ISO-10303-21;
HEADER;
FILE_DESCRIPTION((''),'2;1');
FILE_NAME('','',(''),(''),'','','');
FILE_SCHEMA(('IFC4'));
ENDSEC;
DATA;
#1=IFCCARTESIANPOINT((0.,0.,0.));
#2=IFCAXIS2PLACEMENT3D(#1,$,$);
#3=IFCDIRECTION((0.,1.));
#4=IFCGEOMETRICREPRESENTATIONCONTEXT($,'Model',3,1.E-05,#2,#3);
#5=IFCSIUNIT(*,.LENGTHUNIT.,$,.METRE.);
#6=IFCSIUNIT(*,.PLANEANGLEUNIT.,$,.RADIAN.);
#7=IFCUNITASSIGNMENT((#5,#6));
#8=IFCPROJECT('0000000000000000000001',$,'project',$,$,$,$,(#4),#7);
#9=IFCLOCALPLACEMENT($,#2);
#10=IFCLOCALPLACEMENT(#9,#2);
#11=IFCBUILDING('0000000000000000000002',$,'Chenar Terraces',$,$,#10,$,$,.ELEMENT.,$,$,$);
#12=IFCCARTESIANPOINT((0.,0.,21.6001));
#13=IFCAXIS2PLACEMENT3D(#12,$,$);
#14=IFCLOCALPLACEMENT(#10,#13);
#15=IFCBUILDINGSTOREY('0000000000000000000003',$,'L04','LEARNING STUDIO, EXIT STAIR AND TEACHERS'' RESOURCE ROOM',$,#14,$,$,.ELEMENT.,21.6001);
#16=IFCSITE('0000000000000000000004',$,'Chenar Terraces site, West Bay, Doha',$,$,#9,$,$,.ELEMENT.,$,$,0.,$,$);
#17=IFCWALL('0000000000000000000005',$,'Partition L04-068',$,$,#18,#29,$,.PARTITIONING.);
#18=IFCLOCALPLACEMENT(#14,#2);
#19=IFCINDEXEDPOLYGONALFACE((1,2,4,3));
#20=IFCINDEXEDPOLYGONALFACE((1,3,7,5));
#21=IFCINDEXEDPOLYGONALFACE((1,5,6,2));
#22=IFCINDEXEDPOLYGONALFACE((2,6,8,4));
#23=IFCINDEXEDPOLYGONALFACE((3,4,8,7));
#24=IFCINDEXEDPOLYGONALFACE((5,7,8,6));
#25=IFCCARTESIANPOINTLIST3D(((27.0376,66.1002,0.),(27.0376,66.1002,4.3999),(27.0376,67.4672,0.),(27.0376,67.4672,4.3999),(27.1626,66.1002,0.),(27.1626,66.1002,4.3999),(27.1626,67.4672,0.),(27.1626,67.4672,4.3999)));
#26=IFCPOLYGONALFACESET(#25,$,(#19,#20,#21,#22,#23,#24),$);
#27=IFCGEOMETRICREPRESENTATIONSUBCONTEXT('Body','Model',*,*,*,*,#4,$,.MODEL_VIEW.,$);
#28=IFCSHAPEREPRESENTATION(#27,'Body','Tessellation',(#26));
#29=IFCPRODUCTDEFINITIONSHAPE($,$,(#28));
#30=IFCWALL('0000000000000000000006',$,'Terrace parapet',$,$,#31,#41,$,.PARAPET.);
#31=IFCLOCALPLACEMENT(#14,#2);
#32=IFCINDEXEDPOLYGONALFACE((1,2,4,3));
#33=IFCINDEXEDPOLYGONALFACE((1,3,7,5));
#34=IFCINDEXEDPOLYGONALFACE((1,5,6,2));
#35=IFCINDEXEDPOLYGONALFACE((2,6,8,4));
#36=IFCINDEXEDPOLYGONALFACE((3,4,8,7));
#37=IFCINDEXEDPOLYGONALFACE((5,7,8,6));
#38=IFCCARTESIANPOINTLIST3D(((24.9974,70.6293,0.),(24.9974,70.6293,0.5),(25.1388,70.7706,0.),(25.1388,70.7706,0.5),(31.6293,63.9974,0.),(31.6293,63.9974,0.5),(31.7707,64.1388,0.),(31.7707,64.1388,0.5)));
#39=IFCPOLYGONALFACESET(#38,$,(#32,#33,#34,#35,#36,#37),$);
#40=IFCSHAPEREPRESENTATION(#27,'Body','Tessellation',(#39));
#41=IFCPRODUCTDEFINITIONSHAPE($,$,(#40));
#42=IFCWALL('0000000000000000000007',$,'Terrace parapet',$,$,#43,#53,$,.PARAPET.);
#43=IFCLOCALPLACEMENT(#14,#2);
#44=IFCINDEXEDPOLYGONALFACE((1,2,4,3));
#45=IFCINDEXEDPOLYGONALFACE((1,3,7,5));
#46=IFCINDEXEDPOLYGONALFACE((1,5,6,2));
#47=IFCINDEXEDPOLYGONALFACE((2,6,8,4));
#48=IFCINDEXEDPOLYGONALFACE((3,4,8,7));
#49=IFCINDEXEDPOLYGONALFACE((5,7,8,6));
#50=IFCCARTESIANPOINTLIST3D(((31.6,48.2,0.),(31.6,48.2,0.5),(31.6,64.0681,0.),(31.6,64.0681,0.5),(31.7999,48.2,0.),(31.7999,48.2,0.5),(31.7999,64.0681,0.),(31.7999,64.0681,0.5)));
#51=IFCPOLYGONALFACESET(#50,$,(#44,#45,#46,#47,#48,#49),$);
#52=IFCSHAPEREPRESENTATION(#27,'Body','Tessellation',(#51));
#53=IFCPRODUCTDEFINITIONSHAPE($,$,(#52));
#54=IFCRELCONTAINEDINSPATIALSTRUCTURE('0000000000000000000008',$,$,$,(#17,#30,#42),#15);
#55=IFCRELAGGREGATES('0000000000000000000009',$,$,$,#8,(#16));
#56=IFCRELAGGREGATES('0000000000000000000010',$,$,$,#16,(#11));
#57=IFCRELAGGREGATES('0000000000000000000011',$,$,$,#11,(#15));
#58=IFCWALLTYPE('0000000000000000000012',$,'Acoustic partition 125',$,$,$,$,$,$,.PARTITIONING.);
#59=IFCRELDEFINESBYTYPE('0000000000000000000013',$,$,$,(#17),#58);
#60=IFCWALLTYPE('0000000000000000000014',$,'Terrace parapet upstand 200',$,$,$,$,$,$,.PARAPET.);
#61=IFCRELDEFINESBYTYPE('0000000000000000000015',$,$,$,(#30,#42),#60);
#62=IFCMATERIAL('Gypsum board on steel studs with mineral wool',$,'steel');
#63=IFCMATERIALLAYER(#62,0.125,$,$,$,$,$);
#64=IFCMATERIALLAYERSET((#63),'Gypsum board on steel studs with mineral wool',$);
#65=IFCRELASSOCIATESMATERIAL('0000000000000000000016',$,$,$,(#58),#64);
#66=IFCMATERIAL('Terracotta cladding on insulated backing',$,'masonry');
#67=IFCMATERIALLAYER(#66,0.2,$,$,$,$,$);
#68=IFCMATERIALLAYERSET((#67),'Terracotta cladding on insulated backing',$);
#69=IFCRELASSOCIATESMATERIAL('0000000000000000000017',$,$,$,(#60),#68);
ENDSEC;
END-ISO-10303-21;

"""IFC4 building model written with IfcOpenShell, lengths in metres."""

from ifc_helpers import new_model, si_unit, direction, frame, frame_2d, origin, place, context, subcontext, project, spatial, rectangle, extrude, material, layer, layer_set, type_object, element, save


model = new_model("IFC4")

# Units and contexts
model_context = context("Model", 3, precision=1e-05, world=origin(), true_north=direction((0.0, 1.0)))
body_context = subcontext(model_context, "Body", "Model", "MODEL_VIEW")
ifc_project = project(units=[si_unit("LENGTHUNIT", "METRE"), si_unit("PLANEANGLEUNIT", "RADIAN")], contexts=[model_context])

# Site, building, storey
site_placement = place(None, origin())
site = spatial("IfcSite", under=ifc_project, at=site_placement, Name="Chenar Terraces site, West Bay, Doha", CompositionType="ELEMENT", RefElevation=0.0)
building_placement = place(site_placement, origin())
building = spatial("IfcBuilding", under=site, at=building_placement, Name="Chenar Terraces", CompositionType="ELEMENT")
storey_placement = place(building_placement, frame((0.0, 0.0, 21.6001)))
storey = spatial("IfcBuildingStorey", under=building, at=storey_placement, Name="L04", Description="LEARNING STUDIO, EXIT STAIR AND TEACHERS' RESOURCE ROOM", CompositionType="ELEMENT", Elevation=21.6001)

# Wall
ifc_material_1 = material(Name="Gypsum board on steel studs with mineral wool", Category="steel")
ifc_layer_1 = layer(ifc_material_1, 0.125)
ifc_layer_set_1 = layer_set([ifc_layer_1], Name="Gypsum board on steel studs with mineral wool")
wall_type_1 = type_object("IfcWallType", Name="Acoustic partition 125", PredefinedType="PARTITIONING", material=ifc_layer_set_1)
wall_1_placement = place(storey_placement, frame((27.1001, 66.1001, 0.0), z_axis=(0.0, 0.0, 1.0), x_axis=(0.0, 1.0, 0.0)))
element("IfcWall", 1, at=wall_1_placement, inside=storey, type_object=wall_type_1, Name="Partition L04-068", PredefinedType="PARTITIONING", context=body_context, shape_type="SweptSolid", body=[
    extrude(rectangle(XDim=1.3669, YDim=0.125, at=frame_2d((0.6836, 0.0))), origin(), (0.0, 0.0, 1.0), 4.3999),
])

# Walls
ifc_material_2 = material(Name="Terracotta cladding on insulated backing", Category="masonry")
ifc_layer_2 = layer(ifc_material_2, 0.2)
ifc_layer_set_2 = layer_set([ifc_layer_2], Name="Terracotta cladding on insulated backing")
wall_type_2 = type_object("IfcWallType", Name="Terrace parapet upstand 200", PredefinedType="PARAPET", material=ifc_layer_set_2)
wall_2_placement = place(storey_placement, frame((25.0681, 70.7, 0.0), z_axis=(0.0, 0.0, 1.0), x_axis=(0.707107, -0.707107, 0.0)))
element("IfcWall", 2, at=wall_2_placement, inside=storey, type_object=wall_type_2, Name="Terrace parapet", PredefinedType="PARAPET", context=body_context, shape_type="SweptSolid", body=[
    extrude(rectangle(XDim=9.3789, YDim=0.2, at=frame_2d((4.6895, 0.0))), origin(), (0.0, 0.0, 1.0), 0.5),
])
wall_3_placement = place(storey_placement, frame((31.7, 64.0681, 0.0), z_axis=(0.0, 0.0, 1.0), x_axis=(0.0, -1.0, 0.0)))
element("IfcWall", 3, at=wall_3_placement, inside=storey, type_object=wall_type_2, Name="Terrace parapet", PredefinedType="PARAPET", context=body_context, shape_type="SweptSolid", body=[
    extrude(rectangle(XDim=15.8682, YDim=0.2, at=frame_2d((7.9341, 0.0))), origin(), (0.0, 0.0, 1.0), 0.5),
])

save(model, "model.ifc")
